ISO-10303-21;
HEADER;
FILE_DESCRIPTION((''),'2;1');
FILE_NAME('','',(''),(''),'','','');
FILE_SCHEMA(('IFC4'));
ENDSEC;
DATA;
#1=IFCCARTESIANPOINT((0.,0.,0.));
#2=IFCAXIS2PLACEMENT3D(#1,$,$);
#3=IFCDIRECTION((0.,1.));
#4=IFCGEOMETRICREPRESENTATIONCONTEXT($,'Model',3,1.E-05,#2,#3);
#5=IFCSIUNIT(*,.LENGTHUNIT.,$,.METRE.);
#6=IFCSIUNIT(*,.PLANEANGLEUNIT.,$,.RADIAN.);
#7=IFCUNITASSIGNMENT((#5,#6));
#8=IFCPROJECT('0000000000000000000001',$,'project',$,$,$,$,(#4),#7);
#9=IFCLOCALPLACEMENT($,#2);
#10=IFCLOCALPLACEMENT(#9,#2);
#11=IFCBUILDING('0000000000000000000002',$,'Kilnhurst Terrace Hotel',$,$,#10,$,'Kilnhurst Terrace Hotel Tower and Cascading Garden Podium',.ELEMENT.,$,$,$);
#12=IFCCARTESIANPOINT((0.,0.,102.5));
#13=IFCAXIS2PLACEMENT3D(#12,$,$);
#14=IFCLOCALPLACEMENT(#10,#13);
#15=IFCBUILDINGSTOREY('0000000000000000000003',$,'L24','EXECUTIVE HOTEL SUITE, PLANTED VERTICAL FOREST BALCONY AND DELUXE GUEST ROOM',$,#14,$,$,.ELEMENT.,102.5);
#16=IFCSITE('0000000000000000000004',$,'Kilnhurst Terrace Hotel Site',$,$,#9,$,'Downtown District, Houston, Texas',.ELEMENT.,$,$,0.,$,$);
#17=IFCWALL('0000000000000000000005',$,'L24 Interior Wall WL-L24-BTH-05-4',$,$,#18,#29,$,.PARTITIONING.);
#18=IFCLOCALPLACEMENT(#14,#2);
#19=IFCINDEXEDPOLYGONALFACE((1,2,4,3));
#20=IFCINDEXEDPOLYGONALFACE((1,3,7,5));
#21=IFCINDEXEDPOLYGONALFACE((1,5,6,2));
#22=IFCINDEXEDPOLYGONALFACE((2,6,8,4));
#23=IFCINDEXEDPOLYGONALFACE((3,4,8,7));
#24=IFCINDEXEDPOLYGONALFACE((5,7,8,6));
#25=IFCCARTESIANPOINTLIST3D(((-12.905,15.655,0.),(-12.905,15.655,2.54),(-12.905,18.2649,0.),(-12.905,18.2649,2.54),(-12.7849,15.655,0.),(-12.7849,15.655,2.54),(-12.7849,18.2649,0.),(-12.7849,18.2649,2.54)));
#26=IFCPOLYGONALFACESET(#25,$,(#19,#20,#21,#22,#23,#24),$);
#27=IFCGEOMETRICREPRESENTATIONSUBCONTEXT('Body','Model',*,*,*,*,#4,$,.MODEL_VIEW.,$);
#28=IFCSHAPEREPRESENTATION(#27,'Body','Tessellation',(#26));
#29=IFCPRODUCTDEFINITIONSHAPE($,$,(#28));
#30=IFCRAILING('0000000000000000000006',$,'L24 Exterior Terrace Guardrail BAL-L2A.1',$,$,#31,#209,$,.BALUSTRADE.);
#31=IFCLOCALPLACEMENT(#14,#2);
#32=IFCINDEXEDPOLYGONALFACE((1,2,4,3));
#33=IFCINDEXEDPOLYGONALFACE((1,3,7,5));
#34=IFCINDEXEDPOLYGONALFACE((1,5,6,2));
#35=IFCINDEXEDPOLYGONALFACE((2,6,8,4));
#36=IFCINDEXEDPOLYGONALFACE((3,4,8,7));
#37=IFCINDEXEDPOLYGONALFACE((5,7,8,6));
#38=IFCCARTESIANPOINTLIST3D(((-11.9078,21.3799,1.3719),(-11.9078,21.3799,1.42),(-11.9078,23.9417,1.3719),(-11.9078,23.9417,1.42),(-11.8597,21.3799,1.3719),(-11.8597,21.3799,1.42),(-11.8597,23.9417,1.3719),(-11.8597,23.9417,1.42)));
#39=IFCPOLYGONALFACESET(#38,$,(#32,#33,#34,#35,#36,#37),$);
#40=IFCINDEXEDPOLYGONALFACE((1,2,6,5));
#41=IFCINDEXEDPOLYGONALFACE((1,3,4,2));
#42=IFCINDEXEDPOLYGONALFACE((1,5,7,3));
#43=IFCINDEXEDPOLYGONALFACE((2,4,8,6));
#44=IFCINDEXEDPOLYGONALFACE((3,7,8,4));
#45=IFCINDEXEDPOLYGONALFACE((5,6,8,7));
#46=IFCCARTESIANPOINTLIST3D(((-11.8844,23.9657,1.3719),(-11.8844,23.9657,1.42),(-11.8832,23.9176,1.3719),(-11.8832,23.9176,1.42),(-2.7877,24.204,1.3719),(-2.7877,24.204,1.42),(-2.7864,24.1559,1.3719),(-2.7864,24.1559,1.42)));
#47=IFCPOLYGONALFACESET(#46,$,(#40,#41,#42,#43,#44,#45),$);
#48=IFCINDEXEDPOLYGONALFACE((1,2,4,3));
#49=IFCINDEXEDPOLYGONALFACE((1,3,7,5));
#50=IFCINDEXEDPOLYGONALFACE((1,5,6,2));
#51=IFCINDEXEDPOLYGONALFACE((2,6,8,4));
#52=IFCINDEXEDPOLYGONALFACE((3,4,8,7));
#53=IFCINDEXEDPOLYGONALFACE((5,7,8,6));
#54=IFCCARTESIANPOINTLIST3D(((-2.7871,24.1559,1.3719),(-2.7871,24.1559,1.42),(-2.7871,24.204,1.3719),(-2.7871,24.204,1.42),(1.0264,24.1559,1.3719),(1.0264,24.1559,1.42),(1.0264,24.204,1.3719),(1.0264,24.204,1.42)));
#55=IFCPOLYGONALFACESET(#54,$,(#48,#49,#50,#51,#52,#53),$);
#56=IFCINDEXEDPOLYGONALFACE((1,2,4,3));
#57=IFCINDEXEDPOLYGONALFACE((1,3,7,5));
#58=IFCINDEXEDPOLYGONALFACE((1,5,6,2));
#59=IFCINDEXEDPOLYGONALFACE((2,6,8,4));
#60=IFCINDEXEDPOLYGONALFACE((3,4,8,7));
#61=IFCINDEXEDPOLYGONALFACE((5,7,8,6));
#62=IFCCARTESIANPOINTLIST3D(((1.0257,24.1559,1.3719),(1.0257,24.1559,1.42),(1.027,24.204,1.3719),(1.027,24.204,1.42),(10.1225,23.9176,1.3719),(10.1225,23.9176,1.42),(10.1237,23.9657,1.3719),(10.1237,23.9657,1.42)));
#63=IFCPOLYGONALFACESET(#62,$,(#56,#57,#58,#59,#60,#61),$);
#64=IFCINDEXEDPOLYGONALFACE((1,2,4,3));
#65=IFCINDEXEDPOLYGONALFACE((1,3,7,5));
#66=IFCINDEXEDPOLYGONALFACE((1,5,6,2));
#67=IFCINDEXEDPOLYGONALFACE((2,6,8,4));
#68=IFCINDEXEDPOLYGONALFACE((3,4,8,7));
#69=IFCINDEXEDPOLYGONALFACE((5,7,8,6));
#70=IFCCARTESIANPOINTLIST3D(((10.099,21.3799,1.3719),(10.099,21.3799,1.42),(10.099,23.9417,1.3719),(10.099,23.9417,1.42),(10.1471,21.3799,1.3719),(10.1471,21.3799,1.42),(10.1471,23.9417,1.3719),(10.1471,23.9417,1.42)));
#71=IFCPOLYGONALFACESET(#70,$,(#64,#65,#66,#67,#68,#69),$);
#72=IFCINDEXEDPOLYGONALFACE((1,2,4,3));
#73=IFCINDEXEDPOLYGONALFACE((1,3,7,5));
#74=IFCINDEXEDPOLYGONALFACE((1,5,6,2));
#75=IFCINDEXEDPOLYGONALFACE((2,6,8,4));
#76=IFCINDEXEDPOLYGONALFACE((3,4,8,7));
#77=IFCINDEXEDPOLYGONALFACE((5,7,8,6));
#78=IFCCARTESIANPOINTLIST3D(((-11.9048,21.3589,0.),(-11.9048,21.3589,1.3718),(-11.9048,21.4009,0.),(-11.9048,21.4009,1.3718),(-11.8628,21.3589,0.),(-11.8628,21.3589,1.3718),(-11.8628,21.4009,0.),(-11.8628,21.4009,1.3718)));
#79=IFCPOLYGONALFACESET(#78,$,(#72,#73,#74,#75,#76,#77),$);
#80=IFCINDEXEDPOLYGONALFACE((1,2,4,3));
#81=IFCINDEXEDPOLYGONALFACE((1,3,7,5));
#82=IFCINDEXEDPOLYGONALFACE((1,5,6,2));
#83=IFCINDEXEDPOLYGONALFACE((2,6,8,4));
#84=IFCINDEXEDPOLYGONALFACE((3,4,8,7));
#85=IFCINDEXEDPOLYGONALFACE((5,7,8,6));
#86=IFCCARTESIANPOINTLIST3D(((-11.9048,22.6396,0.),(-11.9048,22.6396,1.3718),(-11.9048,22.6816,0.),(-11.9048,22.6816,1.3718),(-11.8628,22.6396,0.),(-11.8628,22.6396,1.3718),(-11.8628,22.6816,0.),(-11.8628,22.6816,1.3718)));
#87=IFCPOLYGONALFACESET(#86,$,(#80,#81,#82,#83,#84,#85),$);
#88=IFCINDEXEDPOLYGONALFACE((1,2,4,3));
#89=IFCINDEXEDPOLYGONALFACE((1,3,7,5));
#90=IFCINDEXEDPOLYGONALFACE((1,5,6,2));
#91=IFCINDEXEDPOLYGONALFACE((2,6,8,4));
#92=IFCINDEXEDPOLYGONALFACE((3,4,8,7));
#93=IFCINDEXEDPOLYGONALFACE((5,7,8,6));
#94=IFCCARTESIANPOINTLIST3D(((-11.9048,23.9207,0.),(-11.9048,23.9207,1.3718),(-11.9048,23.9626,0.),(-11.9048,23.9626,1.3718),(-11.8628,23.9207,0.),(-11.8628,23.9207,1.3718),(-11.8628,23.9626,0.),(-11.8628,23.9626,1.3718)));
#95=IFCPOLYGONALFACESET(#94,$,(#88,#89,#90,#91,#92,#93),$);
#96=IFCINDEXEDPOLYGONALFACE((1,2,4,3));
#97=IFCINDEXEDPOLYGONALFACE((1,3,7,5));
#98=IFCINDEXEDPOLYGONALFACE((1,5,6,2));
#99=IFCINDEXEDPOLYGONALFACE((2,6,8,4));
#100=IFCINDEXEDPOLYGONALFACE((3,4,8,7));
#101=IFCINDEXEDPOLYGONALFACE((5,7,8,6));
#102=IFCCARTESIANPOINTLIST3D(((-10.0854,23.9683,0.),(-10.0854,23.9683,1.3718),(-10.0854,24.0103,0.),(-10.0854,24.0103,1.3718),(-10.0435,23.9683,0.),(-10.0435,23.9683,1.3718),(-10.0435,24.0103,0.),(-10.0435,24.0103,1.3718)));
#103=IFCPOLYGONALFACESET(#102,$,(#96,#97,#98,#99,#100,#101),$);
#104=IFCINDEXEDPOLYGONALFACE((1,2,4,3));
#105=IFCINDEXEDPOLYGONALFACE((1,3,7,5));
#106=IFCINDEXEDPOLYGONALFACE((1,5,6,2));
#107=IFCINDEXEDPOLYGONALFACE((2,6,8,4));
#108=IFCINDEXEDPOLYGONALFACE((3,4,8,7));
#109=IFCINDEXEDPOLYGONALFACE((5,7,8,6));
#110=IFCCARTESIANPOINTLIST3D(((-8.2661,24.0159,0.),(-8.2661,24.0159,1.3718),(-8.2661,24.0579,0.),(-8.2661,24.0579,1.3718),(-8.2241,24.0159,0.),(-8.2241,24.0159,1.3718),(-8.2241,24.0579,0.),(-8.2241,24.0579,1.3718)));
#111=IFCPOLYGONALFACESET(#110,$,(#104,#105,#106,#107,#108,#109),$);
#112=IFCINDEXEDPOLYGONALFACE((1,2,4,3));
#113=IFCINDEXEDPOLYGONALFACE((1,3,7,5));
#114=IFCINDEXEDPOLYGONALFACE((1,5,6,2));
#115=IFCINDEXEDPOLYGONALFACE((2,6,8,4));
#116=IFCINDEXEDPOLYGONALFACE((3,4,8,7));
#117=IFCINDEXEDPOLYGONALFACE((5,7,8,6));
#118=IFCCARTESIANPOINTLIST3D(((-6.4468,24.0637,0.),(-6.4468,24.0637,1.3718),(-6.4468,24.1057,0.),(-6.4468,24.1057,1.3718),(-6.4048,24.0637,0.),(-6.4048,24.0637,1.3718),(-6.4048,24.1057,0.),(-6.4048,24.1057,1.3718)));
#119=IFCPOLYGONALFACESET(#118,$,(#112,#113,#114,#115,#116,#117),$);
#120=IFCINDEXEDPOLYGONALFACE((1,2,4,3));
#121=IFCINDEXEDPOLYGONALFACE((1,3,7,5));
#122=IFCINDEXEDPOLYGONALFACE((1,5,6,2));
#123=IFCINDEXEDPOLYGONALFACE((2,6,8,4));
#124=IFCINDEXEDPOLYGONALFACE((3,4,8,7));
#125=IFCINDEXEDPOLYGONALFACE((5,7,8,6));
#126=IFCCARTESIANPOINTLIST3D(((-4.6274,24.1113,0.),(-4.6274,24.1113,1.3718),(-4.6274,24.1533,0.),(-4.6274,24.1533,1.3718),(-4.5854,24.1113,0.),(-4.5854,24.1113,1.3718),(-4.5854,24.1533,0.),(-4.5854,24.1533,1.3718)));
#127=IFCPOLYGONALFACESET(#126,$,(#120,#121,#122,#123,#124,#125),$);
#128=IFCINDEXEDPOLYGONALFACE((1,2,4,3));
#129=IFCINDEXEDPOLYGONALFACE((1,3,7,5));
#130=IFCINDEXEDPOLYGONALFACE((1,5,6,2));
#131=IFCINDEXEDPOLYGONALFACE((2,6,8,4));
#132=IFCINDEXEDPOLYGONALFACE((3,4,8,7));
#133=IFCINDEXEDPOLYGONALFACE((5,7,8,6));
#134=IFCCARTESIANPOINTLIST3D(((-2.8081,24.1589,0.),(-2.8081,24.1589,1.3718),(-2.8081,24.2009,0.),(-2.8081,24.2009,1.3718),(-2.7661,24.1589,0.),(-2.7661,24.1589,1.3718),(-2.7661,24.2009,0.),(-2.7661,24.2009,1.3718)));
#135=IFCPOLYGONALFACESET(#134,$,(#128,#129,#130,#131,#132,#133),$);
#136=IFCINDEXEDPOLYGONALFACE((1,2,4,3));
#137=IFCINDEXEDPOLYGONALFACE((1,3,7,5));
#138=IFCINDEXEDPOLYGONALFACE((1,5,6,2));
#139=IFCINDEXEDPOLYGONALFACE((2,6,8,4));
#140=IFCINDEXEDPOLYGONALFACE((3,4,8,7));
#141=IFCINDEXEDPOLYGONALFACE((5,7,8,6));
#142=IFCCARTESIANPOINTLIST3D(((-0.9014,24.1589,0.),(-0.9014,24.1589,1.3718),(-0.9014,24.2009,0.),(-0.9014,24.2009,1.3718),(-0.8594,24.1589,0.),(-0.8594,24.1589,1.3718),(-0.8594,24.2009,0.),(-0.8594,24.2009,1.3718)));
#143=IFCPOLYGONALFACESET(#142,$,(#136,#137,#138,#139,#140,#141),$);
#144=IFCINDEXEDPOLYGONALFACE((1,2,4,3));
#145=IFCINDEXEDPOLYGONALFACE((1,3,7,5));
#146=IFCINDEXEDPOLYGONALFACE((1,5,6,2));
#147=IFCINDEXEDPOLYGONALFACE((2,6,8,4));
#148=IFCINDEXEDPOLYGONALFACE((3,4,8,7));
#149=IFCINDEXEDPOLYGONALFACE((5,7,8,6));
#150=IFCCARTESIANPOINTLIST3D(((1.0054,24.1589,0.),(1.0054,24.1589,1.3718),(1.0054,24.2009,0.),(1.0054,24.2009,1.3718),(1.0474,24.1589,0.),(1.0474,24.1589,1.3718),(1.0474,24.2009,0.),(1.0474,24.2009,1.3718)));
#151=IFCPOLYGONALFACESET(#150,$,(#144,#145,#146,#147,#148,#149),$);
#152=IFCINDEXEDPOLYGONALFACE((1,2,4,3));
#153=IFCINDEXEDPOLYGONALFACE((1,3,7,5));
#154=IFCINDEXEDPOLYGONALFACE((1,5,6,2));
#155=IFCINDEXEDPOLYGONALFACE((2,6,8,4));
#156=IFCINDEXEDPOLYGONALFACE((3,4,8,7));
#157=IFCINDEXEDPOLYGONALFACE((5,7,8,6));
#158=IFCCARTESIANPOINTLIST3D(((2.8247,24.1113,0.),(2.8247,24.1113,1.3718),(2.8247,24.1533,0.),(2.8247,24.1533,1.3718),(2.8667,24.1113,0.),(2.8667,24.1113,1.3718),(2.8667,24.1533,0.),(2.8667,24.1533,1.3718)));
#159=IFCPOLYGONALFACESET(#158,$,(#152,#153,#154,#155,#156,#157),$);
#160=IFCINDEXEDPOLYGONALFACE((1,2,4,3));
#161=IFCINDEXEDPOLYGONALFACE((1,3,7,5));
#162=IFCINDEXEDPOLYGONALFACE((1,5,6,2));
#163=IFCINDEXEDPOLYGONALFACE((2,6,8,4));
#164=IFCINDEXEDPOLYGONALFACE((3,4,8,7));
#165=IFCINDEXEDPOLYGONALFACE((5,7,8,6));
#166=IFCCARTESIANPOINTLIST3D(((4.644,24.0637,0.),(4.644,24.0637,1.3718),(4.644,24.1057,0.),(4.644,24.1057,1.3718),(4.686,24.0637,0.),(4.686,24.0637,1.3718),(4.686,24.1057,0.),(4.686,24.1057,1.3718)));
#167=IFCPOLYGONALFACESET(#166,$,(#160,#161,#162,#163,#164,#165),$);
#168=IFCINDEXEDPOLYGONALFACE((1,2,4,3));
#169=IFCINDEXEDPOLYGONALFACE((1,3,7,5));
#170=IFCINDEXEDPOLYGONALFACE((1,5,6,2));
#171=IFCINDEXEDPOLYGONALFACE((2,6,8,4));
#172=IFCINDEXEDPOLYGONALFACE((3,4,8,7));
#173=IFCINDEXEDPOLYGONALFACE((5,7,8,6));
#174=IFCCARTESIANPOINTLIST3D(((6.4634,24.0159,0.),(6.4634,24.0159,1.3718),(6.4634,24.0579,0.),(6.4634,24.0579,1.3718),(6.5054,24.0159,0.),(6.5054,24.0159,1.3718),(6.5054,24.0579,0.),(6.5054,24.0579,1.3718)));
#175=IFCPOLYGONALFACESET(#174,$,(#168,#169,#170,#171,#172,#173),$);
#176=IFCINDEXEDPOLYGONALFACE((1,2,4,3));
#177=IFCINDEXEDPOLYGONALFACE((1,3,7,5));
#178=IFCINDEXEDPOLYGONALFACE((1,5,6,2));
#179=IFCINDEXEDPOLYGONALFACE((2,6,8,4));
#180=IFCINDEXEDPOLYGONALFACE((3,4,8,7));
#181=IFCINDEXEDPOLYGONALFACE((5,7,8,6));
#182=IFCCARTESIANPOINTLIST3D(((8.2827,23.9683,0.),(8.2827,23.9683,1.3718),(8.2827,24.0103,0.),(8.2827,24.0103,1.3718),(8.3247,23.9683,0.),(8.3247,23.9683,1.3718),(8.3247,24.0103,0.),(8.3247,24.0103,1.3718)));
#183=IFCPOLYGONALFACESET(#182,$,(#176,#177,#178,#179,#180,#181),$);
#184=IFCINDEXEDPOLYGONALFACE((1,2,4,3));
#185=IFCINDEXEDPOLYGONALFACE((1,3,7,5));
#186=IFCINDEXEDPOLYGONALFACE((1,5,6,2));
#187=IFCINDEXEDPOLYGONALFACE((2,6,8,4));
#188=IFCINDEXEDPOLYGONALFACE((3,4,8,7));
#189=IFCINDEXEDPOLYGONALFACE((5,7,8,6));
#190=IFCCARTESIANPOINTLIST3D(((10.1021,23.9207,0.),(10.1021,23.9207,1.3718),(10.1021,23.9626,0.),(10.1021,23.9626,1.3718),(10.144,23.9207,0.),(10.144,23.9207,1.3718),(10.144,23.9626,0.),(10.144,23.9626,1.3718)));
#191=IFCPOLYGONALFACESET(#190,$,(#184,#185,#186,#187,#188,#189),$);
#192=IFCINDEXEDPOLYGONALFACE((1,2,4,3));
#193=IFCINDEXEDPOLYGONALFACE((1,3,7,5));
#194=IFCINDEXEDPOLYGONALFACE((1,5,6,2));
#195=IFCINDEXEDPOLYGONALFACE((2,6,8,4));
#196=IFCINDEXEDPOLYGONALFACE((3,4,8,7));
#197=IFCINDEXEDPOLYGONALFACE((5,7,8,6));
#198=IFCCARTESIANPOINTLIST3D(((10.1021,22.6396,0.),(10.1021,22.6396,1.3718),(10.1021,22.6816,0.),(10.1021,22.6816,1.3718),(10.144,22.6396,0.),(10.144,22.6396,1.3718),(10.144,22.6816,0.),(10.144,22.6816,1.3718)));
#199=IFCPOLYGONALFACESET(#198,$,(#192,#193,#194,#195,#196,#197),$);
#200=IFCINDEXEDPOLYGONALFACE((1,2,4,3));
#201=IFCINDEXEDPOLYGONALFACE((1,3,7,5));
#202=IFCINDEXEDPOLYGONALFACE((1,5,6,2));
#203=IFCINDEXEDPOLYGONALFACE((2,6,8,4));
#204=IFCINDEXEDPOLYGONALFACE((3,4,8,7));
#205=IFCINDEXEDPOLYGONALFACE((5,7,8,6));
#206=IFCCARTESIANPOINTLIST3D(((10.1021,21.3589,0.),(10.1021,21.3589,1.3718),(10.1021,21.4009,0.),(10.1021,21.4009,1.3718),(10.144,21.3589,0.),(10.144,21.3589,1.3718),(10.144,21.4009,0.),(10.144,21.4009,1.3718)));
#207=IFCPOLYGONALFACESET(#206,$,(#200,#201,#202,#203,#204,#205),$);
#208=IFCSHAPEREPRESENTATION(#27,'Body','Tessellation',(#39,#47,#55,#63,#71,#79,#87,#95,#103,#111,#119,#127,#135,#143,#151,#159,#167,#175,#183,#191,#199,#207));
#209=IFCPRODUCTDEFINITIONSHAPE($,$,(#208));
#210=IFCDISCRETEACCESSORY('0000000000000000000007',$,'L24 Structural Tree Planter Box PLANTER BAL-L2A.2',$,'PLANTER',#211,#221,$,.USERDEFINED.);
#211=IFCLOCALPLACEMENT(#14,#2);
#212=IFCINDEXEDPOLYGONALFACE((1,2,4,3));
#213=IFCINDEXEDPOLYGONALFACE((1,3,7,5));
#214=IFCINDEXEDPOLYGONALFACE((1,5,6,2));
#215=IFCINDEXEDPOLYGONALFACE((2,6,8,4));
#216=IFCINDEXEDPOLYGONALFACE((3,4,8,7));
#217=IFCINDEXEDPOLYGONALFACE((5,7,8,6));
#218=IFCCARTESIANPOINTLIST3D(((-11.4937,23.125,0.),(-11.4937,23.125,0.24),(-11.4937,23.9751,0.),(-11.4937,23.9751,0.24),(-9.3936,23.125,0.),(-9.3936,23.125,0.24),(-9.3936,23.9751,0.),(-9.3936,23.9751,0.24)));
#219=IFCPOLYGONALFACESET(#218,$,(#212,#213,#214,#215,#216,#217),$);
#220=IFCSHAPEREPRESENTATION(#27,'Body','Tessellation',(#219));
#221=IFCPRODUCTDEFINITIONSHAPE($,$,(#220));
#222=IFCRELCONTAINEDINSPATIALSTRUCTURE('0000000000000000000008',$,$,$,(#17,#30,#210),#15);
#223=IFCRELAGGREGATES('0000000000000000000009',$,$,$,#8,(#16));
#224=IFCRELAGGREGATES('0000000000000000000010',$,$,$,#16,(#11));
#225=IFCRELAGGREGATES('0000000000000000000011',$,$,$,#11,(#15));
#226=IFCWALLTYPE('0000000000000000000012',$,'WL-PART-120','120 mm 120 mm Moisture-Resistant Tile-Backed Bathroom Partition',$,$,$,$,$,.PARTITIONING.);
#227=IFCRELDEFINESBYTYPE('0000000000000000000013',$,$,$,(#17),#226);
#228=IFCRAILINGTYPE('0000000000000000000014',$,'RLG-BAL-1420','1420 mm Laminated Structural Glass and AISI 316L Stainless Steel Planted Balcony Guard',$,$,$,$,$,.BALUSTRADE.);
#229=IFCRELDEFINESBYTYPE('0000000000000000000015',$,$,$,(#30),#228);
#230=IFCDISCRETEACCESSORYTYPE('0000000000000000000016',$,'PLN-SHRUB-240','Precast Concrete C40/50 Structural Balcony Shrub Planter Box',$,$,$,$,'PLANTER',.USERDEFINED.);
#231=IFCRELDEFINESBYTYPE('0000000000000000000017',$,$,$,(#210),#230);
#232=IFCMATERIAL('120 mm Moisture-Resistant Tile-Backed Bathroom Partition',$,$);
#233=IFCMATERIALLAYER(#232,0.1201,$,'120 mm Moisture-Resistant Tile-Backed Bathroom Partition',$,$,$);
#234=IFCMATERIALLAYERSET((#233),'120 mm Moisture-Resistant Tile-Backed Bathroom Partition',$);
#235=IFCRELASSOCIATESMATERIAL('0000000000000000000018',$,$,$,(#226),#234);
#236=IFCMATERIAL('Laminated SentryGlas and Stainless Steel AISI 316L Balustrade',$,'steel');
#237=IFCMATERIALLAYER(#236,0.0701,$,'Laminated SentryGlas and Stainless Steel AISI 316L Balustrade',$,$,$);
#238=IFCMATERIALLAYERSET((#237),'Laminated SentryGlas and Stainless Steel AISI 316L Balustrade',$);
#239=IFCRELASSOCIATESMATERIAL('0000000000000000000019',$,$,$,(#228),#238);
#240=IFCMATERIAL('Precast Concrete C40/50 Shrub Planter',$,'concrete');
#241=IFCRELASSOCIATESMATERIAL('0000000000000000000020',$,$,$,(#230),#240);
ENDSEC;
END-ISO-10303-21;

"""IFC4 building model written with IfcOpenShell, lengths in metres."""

from ifc_helpers import new_model, si_unit, direction, frame, frame_2d, origin, origin_2d, place, context, subcontext, project, spatial, rectangle, extrude, material, layer, layer_set, type_object, element, save


model = new_model("IFC4")

# Units and contexts
model_context = context("Model", 3, precision=1e-05, world=origin(), true_north=direction((0.0, 1.0)))
body_context = subcontext(model_context, "Body", "Model", "MODEL_VIEW")
ifc_project = project(units=[si_unit("LENGTHUNIT", "METRE"), si_unit("PLANEANGLEUNIT", "RADIAN")], contexts=[model_context])

# Site, building, storey
site_placement = place(None, origin())
site = spatial("IfcSite", under=ifc_project, at=site_placement, Name="Kilnhurst Terrace Hotel Site", LongName="Downtown District, Houston, Texas", CompositionType="ELEMENT", RefElevation=0.0)
building_placement = place(site_placement, origin())
building = spatial("IfcBuilding", under=site, at=building_placement, Name="Kilnhurst Terrace Hotel", LongName="Kilnhurst Terrace Hotel Tower and Cascading Garden Podium", CompositionType="ELEMENT")
storey_placement = place(building_placement, frame((0.0, 0.0, 102.5)))
storey = spatial("IfcBuildingStorey", under=building, at=storey_placement, Name="L24", Description="EXECUTIVE HOTEL SUITE, PLANTED VERTICAL FOREST BALCONY AND DELUXE GUEST ROOM", CompositionType="ELEMENT", Elevation=102.5)

# Shared definitions
ifc_material_1 = material(Name="120 mm Moisture-Resistant Tile-Backed Bathroom Partition")
ifc_layer_1 = layer(ifc_material_1, 0.1201, Name="120 mm Moisture-Resistant Tile-Backed Bathroom Partition")
ifc_layer_set_1 = layer_set([ifc_layer_1], Name="120 mm Moisture-Resistant Tile-Backed Bathroom Partition")
wall_type_1 = type_object("IfcWallType", Name="WL-PART-120", Description="120 mm 120 mm Moisture-Resistant Tile-Backed Bathroom Partition", PredefinedType="PARTITIONING", material=ifc_layer_set_1)

# Wall
wall_1_placement = place(storey_placement, frame((-12.845, 18.2649, 0.0), z_axis=(0.0, 0.0, 1.0), x_axis=(0.0, -1.0, 0.0)))
element("IfcWall", 1, at=wall_1_placement, inside=storey, type_object=wall_type_1, Name="L24 Interior Wall WL-L24-BTH-05-4", PredefinedType="PARTITIONING", context=body_context, shape_type="SweptSolid", body=[
    extrude(rectangle(XDim=2.6099, YDim=0.1201, at=frame_2d((1.3049, 0.0))), origin(), (0.0, 0.0, 1.0), 2.54),
])

# Railing
ifc_material_2 = material(Name="Laminated SentryGlas and Stainless Steel AISI 316L Balustrade", Category="steel")
ifc_layer_2 = layer(ifc_material_2, 0.0701, Name="Laminated SentryGlas and Stainless Steel AISI 316L Balustrade")
ifc_layer_set_2 = layer_set([ifc_layer_2], Name="Laminated SentryGlas and Stainless Steel AISI 316L Balustrade")
railing_type = type_object("IfcRailingType", Name="RLG-BAL-1420", Description="1420 mm Laminated Structural Glass and AISI 316L Stainless Steel Planted Balcony Guard", PredefinedType="BALUSTRADE", material=ifc_layer_set_2)
railing_placement = place(storey_placement, frame((-11.8838, 21.3799, 0.0)))
element("IfcRailing", 2, at=railing_placement, inside=storey, type_object=railing_type, Name="L24 Exterior Terrace Guardrail BAL-L2A.1", PredefinedType="BALUSTRADE", context=body_context, shape_type="SweptSolid", body=[
    extrude(rectangle(XDim=0.0481, YDim=0.0481, at=origin_2d()), frame((0.0, 0.0, 1.396), z_axis=(0.0, 1.0, 0.0), x_axis=(-1.0, 0.0, 0.0)), (0.0, 0.0, 1.0), 2.5618),
    extrude(rectangle(XDim=0.0481, YDim=0.0481, at=origin_2d()), frame((0.0, 2.5618, 1.396), z_axis=(0.999657, 0.026185, 0.0), x_axis=(-0.026185, 0.999657, 0.0)), (0.0, 0.0, 1.0), 9.0999),
    extrude(rectangle(XDim=0.0481, YDim=0.0481, at=origin_2d()), frame((9.0967, 2.8, 1.396), z_axis=(1.0, 0.0, 0.0), x_axis=(0.0, 1.0, 0.0)), (0.0, 0.0, 1.0), 3.8135),
    extrude(rectangle(XDim=0.0481, YDim=0.0481, at=origin_2d()), frame((12.9102, 2.8, 1.396), z_axis=(0.999657, -0.026185, 0.0), x_axis=(0.026185, 0.999657, 0.0)), (0.0, 0.0, 1.0), 9.0999),
    extrude(rectangle(XDim=0.0481, YDim=0.0481, at=origin_2d()), frame((22.0068, 2.5618, 1.396), z_axis=(0.0, -1.0, 0.0), x_axis=(1.0, 0.0, 0.0)), (0.0, 0.0, 1.0), 2.5618),
    extrude(rectangle(XDim=0.042, YDim=0.042, at=origin_2d()), origin(), (0.0, 0.0, 1.0), 1.3718),
    extrude(rectangle(XDim=0.042, YDim=0.042, at=origin_2d()), frame((0.0, 1.2808, 0.0)), (0.0, 0.0, 1.0), 1.3718),
    extrude(rectangle(XDim=0.042, YDim=0.042, at=origin_2d()), frame((0.0, 2.5618, 0.0)), (0.0, 0.0, 1.0), 1.3718),
    extrude(rectangle(XDim=0.042, YDim=0.042, at=origin_2d()), frame((1.8193, 2.6094, 0.0)), (0.0, 0.0, 1.0), 1.3718),
    extrude(rectangle(XDim=0.042, YDim=0.042, at=origin_2d()), frame((3.6387, 2.657, 0.0)), (0.0, 0.0, 1.0), 1.3718),
    extrude(rectangle(XDim=0.042, YDim=0.042, at=origin_2d()), frame((5.458, 2.7048, 0.0)), (0.0, 0.0, 1.0), 1.3718),
    extrude(rectangle(XDim=0.042, YDim=0.042, at=origin_2d()), frame((7.2773, 2.7524, 0.0)), (0.0, 0.0, 1.0), 1.3718),
    extrude(rectangle(XDim=0.042, YDim=0.042, at=origin_2d()), frame((9.0967, 2.8, 0.0)), (0.0, 0.0, 1.0), 1.3718),
    extrude(rectangle(XDim=0.042, YDim=0.042, at=origin_2d()), frame((11.0034, 2.8, 0.0)), (0.0, 0.0, 1.0), 1.3718),
    extrude(rectangle(XDim=0.042, YDim=0.042, at=origin_2d()), frame((12.9102, 2.8, 0.0)), (0.0, 0.0, 1.0), 1.3718),
    extrude(rectangle(XDim=0.042, YDim=0.042, at=origin_2d()), frame((14.7295, 2.7524, 0.0)), (0.0, 0.0, 1.0), 1.3718),
    extrude(rectangle(XDim=0.042, YDim=0.042, at=origin_2d()), frame((16.5488, 2.7048, 0.0)), (0.0, 0.0, 1.0), 1.3718),
    extrude(rectangle(XDim=0.042, YDim=0.042, at=origin_2d()), frame((18.3682, 2.657, 0.0)), (0.0, 0.0, 1.0), 1.3718),
    extrude(rectangle(XDim=0.042, YDim=0.042, at=origin_2d()), frame((20.1875, 2.6094, 0.0)), (0.0, 0.0, 1.0), 1.3718),
    extrude(rectangle(XDim=0.042, YDim=0.042, at=origin_2d()), frame((22.0068, 2.5618, 0.0)), (0.0, 0.0, 1.0), 1.3718),
    extrude(rectangle(XDim=0.042, YDim=0.042, at=origin_2d()), frame((22.0068, 1.2808, 0.0)), (0.0, 0.0, 1.0), 1.3718),
    extrude(rectangle(XDim=0.042, YDim=0.042, at=origin_2d()), frame((22.0068, 0.0, 0.0)), (0.0, 0.0, 1.0), 1.3718),
])

# Discrete accessory
ifc_material_3 = material(Name="Precast Concrete C40/50 Shrub Planter", Category="concrete")
discrete_accessory_type_1 = type_object("IfcDiscreteAccessoryType", Name="PLN-SHRUB-240", Description="Precast Concrete C40/50 Structural Balcony Shrub Planter Box", ElementType="PLANTER", PredefinedType="USERDEFINED", material=ifc_material_3)
discrete_accessory_1_placement = place(storey_placement, frame((-10.4436, 23.55, 0.0), z_axis=(0.0, 0.0, 1.0), x_axis=(-1.0, 0.0, 0.0)))
element("IfcDiscreteAccessory", 3, at=discrete_accessory_1_placement, inside=storey, type_object=discrete_accessory_type_1, Name="L24 Structural Tree Planter Box PLANTER BAL-L2A.2", ObjectType="PLANTER", PredefinedType="USERDEFINED", context=body_context, shape_type="SweptSolid", body=[
    extrude(rectangle(XDim=2.1001, YDim=0.8501, at=origin_2d()), origin(), (0.0, 0.0, 1.0), 0.24),
])

save(model, "model.ifc")
